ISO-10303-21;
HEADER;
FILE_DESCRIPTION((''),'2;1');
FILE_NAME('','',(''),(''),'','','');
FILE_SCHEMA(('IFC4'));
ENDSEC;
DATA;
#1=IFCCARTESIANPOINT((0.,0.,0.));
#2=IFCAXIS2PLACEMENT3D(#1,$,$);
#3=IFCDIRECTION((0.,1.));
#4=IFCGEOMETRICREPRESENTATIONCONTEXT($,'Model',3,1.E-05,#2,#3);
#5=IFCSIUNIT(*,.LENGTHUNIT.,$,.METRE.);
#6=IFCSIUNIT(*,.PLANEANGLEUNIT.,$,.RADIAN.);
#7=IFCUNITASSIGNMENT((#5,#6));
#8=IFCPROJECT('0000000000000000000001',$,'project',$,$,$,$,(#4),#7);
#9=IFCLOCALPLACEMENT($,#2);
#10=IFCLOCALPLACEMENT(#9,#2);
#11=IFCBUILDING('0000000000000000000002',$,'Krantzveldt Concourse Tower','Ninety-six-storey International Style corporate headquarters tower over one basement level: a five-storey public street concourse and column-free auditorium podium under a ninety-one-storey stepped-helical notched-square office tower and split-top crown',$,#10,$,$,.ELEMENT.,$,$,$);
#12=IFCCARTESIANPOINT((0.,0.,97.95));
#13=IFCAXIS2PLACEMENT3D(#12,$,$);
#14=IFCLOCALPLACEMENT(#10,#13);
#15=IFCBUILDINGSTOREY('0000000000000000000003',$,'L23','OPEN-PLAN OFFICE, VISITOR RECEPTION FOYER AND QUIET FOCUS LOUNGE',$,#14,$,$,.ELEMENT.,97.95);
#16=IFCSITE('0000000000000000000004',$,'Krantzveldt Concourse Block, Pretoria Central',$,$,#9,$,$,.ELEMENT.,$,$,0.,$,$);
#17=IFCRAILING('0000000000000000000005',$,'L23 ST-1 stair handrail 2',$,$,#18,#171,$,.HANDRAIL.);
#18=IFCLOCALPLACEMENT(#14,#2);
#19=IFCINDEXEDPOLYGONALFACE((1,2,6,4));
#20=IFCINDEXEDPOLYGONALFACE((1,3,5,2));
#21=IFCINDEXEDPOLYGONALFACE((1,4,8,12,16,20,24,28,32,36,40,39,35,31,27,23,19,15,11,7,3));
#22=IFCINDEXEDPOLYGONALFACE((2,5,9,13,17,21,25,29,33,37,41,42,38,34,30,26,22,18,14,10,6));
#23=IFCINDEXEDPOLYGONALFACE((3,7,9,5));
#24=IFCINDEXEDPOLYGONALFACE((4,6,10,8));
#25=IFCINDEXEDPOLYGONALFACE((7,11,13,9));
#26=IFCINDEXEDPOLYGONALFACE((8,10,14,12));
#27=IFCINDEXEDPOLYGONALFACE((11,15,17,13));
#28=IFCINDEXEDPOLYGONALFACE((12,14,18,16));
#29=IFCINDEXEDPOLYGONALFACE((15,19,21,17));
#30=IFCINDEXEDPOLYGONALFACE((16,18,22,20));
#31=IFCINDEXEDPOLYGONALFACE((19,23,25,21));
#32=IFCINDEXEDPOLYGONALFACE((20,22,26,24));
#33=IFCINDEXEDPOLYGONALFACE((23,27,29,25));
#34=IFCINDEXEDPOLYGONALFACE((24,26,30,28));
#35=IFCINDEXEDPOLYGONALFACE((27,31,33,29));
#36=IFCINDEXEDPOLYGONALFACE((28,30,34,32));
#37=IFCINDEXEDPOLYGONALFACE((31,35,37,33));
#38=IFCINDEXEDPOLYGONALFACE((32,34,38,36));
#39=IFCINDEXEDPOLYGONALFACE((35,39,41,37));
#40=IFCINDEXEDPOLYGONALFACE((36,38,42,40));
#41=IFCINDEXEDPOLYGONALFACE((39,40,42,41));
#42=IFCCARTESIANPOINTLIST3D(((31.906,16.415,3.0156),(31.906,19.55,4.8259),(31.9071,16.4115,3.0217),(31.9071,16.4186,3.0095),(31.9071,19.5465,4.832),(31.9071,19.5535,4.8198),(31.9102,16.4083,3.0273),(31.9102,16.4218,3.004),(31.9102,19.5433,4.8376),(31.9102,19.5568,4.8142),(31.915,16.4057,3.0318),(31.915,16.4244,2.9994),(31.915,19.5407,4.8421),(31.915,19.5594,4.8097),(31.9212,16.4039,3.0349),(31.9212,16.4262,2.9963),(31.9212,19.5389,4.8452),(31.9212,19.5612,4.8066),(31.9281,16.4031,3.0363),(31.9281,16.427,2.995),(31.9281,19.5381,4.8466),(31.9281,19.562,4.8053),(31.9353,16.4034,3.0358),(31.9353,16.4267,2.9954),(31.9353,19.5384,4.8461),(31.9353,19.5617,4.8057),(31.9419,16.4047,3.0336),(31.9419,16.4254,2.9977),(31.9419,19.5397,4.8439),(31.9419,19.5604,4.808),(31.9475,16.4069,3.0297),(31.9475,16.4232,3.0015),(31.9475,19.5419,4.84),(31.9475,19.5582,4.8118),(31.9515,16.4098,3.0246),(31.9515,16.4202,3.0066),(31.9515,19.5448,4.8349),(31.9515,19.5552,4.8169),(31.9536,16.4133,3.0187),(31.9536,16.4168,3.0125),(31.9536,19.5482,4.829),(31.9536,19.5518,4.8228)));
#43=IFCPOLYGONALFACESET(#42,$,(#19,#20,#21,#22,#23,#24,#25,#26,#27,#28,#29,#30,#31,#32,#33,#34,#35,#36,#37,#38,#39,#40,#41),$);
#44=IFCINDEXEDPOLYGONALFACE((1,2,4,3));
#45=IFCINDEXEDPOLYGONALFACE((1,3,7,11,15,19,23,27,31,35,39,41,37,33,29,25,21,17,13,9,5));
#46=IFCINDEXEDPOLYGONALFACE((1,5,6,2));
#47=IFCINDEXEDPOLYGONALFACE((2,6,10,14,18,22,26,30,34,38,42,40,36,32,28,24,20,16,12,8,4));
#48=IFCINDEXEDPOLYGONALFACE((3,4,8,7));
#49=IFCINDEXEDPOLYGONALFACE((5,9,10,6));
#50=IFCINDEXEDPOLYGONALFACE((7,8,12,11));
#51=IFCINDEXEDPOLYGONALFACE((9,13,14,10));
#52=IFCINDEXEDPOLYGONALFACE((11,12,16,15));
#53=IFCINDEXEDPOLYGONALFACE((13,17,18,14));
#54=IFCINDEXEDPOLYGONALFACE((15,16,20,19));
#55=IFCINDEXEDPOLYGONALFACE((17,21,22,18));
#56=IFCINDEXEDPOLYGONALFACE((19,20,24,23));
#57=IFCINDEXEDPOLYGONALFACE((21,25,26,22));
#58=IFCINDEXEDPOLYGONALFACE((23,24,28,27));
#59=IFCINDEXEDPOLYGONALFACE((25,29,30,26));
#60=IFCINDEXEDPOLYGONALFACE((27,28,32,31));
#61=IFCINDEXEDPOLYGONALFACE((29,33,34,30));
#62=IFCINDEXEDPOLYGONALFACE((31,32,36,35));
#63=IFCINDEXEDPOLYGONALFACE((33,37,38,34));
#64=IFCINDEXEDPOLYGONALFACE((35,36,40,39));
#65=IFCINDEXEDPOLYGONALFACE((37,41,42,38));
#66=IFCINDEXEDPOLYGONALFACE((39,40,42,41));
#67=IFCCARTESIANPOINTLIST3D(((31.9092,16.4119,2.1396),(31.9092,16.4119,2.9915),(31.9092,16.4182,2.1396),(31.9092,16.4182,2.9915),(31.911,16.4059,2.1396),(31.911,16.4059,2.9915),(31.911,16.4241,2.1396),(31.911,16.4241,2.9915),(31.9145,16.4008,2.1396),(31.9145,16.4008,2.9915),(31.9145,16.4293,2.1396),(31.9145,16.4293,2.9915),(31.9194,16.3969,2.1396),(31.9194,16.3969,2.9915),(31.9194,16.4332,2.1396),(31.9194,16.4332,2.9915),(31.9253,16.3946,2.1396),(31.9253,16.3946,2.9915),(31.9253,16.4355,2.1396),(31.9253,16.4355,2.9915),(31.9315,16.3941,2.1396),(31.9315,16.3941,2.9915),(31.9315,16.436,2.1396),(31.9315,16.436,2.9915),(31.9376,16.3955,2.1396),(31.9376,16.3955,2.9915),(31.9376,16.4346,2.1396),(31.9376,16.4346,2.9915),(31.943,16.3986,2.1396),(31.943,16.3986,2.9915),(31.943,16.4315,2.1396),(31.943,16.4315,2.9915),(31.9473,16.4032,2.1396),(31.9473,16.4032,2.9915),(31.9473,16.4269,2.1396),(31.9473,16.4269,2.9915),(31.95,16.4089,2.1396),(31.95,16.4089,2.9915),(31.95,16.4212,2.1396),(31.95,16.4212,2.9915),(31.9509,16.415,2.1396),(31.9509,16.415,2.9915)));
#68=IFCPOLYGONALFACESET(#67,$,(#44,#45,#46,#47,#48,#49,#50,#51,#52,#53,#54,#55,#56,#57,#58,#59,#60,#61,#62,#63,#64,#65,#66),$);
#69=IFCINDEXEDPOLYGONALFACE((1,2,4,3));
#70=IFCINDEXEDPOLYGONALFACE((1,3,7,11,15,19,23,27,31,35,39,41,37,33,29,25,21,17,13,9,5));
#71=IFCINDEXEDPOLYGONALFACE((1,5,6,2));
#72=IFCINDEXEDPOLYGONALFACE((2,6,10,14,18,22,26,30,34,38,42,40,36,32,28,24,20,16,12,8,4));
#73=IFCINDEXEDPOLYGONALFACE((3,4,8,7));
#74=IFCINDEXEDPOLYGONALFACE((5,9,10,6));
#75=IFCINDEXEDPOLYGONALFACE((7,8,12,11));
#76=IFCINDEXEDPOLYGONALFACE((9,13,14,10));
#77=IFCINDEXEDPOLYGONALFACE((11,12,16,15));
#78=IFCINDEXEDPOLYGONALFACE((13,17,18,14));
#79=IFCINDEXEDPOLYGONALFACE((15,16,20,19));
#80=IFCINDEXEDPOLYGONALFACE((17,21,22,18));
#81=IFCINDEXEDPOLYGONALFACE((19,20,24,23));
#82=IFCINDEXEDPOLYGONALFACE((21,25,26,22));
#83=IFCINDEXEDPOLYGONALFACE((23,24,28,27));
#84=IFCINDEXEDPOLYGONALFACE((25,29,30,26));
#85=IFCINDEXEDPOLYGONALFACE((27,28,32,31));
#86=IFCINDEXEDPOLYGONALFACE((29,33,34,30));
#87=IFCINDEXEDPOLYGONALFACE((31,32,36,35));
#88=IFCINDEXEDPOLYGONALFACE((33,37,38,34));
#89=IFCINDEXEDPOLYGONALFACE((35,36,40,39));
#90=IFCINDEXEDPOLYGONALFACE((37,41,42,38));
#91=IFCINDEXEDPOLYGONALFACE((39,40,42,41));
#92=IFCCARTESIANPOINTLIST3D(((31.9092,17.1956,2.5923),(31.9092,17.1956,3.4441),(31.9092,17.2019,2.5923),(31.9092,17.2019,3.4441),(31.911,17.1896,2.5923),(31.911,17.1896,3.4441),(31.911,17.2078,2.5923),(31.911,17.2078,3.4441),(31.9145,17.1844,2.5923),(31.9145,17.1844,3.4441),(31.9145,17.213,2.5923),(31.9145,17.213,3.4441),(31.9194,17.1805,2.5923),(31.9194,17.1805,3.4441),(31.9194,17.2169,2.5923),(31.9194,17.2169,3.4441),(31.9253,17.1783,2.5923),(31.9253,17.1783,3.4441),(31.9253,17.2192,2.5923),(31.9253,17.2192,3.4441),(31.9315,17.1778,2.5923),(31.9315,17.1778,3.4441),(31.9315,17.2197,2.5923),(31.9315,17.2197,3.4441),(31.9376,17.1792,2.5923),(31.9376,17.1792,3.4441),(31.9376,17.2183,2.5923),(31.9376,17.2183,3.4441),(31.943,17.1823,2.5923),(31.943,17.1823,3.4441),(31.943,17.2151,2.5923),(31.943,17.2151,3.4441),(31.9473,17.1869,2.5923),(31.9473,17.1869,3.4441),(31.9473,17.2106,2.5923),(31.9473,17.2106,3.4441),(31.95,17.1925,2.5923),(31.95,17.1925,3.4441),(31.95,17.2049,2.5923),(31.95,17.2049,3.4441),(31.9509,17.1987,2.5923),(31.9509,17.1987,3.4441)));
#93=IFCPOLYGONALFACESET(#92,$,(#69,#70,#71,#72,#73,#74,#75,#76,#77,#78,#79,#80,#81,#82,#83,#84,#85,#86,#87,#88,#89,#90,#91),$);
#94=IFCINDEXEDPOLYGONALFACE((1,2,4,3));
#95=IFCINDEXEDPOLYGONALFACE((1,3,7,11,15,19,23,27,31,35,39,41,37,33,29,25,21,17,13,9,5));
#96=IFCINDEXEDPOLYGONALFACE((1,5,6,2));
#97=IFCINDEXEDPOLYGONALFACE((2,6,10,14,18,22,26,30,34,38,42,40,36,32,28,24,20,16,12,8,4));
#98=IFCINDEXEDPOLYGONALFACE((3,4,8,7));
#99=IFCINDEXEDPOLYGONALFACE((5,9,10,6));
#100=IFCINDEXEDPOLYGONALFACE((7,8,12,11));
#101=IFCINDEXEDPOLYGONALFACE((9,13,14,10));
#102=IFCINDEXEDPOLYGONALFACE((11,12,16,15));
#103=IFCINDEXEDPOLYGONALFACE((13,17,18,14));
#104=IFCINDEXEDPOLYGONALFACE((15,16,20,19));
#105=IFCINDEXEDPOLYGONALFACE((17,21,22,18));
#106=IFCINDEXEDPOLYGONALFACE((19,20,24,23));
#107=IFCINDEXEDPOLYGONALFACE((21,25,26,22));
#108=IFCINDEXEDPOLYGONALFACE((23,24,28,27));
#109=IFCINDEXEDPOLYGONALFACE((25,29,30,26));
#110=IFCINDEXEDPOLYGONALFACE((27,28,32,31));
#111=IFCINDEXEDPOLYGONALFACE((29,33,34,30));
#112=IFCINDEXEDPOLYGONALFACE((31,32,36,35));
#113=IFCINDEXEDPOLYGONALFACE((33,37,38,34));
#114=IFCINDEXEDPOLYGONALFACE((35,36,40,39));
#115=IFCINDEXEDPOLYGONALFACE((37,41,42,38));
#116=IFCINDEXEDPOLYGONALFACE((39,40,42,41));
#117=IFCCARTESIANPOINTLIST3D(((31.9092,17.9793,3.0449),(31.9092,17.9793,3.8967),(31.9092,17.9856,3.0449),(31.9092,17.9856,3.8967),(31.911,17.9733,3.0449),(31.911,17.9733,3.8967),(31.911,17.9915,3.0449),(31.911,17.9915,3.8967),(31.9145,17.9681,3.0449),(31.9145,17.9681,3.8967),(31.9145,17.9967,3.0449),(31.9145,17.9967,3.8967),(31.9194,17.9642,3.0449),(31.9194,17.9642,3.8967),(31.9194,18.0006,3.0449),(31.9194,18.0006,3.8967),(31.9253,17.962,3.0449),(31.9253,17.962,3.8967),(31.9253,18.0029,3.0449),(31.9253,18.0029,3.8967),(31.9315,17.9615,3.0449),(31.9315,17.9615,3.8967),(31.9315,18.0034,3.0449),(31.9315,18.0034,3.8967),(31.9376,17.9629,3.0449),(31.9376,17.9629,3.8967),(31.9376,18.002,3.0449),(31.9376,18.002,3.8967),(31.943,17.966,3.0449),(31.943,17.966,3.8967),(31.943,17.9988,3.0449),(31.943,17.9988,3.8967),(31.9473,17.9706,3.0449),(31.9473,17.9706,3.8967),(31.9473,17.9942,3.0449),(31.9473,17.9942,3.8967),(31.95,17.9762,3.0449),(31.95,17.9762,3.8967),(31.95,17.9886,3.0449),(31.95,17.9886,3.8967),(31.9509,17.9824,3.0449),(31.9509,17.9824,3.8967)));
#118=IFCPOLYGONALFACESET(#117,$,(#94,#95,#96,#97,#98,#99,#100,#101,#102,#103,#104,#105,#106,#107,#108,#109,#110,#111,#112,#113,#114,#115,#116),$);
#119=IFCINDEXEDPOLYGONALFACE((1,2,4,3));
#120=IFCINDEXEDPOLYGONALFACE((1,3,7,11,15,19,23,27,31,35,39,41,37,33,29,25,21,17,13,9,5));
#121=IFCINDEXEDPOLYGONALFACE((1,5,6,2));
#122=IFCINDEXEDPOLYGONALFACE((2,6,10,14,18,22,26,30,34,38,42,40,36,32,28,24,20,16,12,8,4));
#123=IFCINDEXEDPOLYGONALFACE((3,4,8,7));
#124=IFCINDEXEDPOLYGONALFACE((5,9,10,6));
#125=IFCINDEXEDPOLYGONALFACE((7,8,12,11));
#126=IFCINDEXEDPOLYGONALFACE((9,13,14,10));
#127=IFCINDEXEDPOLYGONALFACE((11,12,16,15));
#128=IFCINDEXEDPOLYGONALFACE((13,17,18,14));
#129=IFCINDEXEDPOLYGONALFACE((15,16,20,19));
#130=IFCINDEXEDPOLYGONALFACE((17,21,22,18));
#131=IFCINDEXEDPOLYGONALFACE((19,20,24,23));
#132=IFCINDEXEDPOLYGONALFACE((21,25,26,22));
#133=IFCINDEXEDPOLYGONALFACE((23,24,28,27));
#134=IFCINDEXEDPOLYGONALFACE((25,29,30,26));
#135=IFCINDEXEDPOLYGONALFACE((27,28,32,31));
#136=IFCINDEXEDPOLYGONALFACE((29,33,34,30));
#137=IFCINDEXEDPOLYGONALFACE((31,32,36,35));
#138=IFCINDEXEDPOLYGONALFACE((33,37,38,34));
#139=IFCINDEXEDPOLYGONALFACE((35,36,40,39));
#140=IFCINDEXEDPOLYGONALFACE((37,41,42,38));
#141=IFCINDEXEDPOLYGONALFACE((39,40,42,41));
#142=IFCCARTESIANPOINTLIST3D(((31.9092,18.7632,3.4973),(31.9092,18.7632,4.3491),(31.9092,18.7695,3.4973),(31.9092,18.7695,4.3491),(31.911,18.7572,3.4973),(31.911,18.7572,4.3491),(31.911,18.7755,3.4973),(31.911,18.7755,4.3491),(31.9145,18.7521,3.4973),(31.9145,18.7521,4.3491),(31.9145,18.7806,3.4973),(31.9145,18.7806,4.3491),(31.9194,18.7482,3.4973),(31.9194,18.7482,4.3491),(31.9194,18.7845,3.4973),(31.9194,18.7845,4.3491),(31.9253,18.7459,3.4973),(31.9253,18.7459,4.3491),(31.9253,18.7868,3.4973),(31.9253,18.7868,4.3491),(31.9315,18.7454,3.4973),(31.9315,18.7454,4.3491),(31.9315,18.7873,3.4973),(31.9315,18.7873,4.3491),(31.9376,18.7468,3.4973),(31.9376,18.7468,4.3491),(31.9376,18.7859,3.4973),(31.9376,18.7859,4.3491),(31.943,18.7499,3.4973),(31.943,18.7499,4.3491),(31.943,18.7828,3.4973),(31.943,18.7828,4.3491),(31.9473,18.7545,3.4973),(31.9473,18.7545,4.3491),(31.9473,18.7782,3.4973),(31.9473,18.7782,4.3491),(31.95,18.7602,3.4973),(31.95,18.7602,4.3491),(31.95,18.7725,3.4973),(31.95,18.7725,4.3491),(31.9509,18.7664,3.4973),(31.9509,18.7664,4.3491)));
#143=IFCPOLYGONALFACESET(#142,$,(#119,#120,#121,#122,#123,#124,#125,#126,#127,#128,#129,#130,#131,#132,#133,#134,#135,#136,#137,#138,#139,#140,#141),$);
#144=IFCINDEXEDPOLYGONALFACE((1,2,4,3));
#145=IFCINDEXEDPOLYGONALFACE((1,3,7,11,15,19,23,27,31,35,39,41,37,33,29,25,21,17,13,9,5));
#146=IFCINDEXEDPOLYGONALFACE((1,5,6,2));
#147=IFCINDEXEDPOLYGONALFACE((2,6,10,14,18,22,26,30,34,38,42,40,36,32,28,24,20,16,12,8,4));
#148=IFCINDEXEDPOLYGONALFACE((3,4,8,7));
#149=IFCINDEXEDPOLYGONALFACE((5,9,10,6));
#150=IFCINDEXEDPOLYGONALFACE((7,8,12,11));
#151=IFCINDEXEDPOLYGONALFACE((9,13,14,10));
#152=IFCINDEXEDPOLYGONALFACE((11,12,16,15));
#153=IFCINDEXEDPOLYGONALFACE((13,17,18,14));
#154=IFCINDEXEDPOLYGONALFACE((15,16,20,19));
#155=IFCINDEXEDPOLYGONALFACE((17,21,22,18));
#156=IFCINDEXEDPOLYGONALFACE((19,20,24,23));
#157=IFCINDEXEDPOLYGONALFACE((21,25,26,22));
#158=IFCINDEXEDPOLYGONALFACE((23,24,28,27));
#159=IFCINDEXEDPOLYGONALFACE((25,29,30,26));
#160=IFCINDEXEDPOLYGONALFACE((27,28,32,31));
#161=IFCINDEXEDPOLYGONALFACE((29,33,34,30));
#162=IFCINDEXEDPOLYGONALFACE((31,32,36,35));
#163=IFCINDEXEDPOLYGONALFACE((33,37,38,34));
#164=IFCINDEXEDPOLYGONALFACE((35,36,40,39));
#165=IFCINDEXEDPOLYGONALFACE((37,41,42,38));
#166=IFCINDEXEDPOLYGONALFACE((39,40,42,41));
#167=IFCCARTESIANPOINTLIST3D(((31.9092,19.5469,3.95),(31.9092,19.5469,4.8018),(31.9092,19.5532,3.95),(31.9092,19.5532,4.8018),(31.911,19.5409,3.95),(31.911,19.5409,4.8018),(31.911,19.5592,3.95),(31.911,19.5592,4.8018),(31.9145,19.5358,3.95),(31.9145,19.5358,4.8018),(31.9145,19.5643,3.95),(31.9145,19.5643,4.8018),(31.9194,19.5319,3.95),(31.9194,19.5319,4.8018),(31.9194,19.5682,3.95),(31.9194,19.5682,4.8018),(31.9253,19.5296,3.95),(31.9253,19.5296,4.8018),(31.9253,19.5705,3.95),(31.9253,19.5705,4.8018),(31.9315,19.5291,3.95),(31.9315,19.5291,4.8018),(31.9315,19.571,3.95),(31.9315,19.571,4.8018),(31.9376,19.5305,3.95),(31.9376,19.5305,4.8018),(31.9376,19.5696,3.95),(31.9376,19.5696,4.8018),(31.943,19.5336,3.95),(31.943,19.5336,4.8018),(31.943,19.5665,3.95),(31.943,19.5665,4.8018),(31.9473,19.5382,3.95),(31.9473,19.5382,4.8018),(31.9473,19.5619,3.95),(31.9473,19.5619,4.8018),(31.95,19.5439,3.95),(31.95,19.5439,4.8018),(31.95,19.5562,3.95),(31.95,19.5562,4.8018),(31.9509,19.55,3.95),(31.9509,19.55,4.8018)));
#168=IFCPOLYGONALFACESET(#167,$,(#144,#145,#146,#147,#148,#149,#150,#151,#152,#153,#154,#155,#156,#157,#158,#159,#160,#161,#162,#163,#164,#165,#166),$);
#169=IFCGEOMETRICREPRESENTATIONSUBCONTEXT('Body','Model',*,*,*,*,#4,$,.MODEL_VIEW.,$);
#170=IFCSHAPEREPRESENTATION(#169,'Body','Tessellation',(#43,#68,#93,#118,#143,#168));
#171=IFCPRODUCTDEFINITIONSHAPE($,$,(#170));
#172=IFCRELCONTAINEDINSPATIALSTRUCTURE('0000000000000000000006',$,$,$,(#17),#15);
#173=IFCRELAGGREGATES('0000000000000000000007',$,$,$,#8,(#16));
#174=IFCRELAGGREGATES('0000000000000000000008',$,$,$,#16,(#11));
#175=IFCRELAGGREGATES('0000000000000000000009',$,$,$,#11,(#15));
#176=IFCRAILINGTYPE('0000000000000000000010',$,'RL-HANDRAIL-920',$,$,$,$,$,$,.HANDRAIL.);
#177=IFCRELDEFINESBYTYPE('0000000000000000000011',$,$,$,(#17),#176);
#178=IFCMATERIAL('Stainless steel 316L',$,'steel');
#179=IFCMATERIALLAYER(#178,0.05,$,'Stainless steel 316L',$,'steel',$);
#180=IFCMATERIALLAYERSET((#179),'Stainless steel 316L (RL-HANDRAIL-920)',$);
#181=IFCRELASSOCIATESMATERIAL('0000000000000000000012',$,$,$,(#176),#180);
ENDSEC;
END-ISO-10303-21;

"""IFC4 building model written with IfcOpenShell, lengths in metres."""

from ifc_helpers import new_model, si_unit, direction, frame, origin, origin_2d, place, context, subcontext, project, spatial, circle, extrude, material, layer, layer_set, type_object, element, save


model = new_model("IFC4")

# Units and contexts
model_context = context("Model", 3, precision=1e-05, world=origin(), true_north=direction((0.0, 1.0)))
body_context = subcontext(model_context, "Body", "Model", "MODEL_VIEW")
ifc_project = project(units=[si_unit("LENGTHUNIT", "METRE"), si_unit("PLANEANGLEUNIT", "RADIAN")], contexts=[model_context])

# Site, building, storey
site_placement = place(None, origin())
site = spatial("IfcSite", under=ifc_project, at=site_placement, Name="Krantzveldt Concourse Block, Pretoria Central", CompositionType="ELEMENT", RefElevation=0.0)
building_placement = place(site_placement, origin())
building = spatial("IfcBuilding", under=site, at=building_placement, Name="Krantzveldt Concourse Tower", Description="Ninety-six-storey International Style corporate headquarters tower over one basement level: a five-storey public street concourse and column-free auditorium podium under a ninety-one-storey stepped-helical notched-square office tower and split-top crown", CompositionType="ELEMENT")
storey_placement = place(building_placement, frame((0.0, 0.0, 97.95)))
storey = spatial("IfcBuildingStorey", under=building, at=storey_placement, Name="L23", Description="OPEN-PLAN OFFICE, VISITOR RECEPTION FOYER AND QUIET FOCUS LOUNGE", CompositionType="ELEMENT", Elevation=97.95)

# Railing
ifc_material_1 = material(Name="Stainless steel 316L", Category="steel")
ifc_layer_1 = layer(ifc_material_1, 0.05, Name="Stainless steel 316L", Category="steel")
ifc_layer_set_1 = layer_set([ifc_layer_1], Name="Stainless steel 316L (RL-HANDRAIL-920)")
railing_type_1 = type_object("IfcRailingType", Name="RL-HANDRAIL-920", PredefinedType="HANDRAIL", material=ifc_layer_set_1)
railing_1_placement = place(storey_placement, frame((31.9299, 16.415, 2.1396)))
element("IfcRailing", 1, at=railing_1_placement, inside=storey, type_object=railing_type_1, Name="L23 ST-1 stair handrail 2", PredefinedType="HANDRAIL", context=body_context, shape_type="SweptSolid", body=[
    extrude(circle(Radius=0.0239, at=origin_2d()), frame((0.0, 0.0, 0.876), z_axis=(0.0, 0.865989, 0.500063), x_axis=(-1.0, 0.0, 0.0)), (0.0, 0.0, 1.0), 3.6201),
    extrude(circle(Radius=0.021, at=origin_2d()), origin(), (0.0, 0.0, 1.0), 0.8518),
    extrude(circle(Radius=0.021, at=origin_2d()), frame((0.0, 0.7837, 0.4526)), (0.0, 0.0, 1.0), 0.8518),
    extrude(circle(Radius=0.021, at=origin_2d()), frame((0.0, 1.5674, 0.9053)), (0.0, 0.0, 1.0), 0.8518),
    extrude(circle(Radius=0.021, at=origin_2d()), frame((0.0, 2.3513, 1.3577)), (0.0, 0.0, 1.0), 0.8518),
    extrude(circle(Radius=0.021, at=origin_2d()), frame((0.0, 3.135, 1.8103)), (0.0, 0.0, 1.0), 0.8518),
])

save(model, "model.ifc")
